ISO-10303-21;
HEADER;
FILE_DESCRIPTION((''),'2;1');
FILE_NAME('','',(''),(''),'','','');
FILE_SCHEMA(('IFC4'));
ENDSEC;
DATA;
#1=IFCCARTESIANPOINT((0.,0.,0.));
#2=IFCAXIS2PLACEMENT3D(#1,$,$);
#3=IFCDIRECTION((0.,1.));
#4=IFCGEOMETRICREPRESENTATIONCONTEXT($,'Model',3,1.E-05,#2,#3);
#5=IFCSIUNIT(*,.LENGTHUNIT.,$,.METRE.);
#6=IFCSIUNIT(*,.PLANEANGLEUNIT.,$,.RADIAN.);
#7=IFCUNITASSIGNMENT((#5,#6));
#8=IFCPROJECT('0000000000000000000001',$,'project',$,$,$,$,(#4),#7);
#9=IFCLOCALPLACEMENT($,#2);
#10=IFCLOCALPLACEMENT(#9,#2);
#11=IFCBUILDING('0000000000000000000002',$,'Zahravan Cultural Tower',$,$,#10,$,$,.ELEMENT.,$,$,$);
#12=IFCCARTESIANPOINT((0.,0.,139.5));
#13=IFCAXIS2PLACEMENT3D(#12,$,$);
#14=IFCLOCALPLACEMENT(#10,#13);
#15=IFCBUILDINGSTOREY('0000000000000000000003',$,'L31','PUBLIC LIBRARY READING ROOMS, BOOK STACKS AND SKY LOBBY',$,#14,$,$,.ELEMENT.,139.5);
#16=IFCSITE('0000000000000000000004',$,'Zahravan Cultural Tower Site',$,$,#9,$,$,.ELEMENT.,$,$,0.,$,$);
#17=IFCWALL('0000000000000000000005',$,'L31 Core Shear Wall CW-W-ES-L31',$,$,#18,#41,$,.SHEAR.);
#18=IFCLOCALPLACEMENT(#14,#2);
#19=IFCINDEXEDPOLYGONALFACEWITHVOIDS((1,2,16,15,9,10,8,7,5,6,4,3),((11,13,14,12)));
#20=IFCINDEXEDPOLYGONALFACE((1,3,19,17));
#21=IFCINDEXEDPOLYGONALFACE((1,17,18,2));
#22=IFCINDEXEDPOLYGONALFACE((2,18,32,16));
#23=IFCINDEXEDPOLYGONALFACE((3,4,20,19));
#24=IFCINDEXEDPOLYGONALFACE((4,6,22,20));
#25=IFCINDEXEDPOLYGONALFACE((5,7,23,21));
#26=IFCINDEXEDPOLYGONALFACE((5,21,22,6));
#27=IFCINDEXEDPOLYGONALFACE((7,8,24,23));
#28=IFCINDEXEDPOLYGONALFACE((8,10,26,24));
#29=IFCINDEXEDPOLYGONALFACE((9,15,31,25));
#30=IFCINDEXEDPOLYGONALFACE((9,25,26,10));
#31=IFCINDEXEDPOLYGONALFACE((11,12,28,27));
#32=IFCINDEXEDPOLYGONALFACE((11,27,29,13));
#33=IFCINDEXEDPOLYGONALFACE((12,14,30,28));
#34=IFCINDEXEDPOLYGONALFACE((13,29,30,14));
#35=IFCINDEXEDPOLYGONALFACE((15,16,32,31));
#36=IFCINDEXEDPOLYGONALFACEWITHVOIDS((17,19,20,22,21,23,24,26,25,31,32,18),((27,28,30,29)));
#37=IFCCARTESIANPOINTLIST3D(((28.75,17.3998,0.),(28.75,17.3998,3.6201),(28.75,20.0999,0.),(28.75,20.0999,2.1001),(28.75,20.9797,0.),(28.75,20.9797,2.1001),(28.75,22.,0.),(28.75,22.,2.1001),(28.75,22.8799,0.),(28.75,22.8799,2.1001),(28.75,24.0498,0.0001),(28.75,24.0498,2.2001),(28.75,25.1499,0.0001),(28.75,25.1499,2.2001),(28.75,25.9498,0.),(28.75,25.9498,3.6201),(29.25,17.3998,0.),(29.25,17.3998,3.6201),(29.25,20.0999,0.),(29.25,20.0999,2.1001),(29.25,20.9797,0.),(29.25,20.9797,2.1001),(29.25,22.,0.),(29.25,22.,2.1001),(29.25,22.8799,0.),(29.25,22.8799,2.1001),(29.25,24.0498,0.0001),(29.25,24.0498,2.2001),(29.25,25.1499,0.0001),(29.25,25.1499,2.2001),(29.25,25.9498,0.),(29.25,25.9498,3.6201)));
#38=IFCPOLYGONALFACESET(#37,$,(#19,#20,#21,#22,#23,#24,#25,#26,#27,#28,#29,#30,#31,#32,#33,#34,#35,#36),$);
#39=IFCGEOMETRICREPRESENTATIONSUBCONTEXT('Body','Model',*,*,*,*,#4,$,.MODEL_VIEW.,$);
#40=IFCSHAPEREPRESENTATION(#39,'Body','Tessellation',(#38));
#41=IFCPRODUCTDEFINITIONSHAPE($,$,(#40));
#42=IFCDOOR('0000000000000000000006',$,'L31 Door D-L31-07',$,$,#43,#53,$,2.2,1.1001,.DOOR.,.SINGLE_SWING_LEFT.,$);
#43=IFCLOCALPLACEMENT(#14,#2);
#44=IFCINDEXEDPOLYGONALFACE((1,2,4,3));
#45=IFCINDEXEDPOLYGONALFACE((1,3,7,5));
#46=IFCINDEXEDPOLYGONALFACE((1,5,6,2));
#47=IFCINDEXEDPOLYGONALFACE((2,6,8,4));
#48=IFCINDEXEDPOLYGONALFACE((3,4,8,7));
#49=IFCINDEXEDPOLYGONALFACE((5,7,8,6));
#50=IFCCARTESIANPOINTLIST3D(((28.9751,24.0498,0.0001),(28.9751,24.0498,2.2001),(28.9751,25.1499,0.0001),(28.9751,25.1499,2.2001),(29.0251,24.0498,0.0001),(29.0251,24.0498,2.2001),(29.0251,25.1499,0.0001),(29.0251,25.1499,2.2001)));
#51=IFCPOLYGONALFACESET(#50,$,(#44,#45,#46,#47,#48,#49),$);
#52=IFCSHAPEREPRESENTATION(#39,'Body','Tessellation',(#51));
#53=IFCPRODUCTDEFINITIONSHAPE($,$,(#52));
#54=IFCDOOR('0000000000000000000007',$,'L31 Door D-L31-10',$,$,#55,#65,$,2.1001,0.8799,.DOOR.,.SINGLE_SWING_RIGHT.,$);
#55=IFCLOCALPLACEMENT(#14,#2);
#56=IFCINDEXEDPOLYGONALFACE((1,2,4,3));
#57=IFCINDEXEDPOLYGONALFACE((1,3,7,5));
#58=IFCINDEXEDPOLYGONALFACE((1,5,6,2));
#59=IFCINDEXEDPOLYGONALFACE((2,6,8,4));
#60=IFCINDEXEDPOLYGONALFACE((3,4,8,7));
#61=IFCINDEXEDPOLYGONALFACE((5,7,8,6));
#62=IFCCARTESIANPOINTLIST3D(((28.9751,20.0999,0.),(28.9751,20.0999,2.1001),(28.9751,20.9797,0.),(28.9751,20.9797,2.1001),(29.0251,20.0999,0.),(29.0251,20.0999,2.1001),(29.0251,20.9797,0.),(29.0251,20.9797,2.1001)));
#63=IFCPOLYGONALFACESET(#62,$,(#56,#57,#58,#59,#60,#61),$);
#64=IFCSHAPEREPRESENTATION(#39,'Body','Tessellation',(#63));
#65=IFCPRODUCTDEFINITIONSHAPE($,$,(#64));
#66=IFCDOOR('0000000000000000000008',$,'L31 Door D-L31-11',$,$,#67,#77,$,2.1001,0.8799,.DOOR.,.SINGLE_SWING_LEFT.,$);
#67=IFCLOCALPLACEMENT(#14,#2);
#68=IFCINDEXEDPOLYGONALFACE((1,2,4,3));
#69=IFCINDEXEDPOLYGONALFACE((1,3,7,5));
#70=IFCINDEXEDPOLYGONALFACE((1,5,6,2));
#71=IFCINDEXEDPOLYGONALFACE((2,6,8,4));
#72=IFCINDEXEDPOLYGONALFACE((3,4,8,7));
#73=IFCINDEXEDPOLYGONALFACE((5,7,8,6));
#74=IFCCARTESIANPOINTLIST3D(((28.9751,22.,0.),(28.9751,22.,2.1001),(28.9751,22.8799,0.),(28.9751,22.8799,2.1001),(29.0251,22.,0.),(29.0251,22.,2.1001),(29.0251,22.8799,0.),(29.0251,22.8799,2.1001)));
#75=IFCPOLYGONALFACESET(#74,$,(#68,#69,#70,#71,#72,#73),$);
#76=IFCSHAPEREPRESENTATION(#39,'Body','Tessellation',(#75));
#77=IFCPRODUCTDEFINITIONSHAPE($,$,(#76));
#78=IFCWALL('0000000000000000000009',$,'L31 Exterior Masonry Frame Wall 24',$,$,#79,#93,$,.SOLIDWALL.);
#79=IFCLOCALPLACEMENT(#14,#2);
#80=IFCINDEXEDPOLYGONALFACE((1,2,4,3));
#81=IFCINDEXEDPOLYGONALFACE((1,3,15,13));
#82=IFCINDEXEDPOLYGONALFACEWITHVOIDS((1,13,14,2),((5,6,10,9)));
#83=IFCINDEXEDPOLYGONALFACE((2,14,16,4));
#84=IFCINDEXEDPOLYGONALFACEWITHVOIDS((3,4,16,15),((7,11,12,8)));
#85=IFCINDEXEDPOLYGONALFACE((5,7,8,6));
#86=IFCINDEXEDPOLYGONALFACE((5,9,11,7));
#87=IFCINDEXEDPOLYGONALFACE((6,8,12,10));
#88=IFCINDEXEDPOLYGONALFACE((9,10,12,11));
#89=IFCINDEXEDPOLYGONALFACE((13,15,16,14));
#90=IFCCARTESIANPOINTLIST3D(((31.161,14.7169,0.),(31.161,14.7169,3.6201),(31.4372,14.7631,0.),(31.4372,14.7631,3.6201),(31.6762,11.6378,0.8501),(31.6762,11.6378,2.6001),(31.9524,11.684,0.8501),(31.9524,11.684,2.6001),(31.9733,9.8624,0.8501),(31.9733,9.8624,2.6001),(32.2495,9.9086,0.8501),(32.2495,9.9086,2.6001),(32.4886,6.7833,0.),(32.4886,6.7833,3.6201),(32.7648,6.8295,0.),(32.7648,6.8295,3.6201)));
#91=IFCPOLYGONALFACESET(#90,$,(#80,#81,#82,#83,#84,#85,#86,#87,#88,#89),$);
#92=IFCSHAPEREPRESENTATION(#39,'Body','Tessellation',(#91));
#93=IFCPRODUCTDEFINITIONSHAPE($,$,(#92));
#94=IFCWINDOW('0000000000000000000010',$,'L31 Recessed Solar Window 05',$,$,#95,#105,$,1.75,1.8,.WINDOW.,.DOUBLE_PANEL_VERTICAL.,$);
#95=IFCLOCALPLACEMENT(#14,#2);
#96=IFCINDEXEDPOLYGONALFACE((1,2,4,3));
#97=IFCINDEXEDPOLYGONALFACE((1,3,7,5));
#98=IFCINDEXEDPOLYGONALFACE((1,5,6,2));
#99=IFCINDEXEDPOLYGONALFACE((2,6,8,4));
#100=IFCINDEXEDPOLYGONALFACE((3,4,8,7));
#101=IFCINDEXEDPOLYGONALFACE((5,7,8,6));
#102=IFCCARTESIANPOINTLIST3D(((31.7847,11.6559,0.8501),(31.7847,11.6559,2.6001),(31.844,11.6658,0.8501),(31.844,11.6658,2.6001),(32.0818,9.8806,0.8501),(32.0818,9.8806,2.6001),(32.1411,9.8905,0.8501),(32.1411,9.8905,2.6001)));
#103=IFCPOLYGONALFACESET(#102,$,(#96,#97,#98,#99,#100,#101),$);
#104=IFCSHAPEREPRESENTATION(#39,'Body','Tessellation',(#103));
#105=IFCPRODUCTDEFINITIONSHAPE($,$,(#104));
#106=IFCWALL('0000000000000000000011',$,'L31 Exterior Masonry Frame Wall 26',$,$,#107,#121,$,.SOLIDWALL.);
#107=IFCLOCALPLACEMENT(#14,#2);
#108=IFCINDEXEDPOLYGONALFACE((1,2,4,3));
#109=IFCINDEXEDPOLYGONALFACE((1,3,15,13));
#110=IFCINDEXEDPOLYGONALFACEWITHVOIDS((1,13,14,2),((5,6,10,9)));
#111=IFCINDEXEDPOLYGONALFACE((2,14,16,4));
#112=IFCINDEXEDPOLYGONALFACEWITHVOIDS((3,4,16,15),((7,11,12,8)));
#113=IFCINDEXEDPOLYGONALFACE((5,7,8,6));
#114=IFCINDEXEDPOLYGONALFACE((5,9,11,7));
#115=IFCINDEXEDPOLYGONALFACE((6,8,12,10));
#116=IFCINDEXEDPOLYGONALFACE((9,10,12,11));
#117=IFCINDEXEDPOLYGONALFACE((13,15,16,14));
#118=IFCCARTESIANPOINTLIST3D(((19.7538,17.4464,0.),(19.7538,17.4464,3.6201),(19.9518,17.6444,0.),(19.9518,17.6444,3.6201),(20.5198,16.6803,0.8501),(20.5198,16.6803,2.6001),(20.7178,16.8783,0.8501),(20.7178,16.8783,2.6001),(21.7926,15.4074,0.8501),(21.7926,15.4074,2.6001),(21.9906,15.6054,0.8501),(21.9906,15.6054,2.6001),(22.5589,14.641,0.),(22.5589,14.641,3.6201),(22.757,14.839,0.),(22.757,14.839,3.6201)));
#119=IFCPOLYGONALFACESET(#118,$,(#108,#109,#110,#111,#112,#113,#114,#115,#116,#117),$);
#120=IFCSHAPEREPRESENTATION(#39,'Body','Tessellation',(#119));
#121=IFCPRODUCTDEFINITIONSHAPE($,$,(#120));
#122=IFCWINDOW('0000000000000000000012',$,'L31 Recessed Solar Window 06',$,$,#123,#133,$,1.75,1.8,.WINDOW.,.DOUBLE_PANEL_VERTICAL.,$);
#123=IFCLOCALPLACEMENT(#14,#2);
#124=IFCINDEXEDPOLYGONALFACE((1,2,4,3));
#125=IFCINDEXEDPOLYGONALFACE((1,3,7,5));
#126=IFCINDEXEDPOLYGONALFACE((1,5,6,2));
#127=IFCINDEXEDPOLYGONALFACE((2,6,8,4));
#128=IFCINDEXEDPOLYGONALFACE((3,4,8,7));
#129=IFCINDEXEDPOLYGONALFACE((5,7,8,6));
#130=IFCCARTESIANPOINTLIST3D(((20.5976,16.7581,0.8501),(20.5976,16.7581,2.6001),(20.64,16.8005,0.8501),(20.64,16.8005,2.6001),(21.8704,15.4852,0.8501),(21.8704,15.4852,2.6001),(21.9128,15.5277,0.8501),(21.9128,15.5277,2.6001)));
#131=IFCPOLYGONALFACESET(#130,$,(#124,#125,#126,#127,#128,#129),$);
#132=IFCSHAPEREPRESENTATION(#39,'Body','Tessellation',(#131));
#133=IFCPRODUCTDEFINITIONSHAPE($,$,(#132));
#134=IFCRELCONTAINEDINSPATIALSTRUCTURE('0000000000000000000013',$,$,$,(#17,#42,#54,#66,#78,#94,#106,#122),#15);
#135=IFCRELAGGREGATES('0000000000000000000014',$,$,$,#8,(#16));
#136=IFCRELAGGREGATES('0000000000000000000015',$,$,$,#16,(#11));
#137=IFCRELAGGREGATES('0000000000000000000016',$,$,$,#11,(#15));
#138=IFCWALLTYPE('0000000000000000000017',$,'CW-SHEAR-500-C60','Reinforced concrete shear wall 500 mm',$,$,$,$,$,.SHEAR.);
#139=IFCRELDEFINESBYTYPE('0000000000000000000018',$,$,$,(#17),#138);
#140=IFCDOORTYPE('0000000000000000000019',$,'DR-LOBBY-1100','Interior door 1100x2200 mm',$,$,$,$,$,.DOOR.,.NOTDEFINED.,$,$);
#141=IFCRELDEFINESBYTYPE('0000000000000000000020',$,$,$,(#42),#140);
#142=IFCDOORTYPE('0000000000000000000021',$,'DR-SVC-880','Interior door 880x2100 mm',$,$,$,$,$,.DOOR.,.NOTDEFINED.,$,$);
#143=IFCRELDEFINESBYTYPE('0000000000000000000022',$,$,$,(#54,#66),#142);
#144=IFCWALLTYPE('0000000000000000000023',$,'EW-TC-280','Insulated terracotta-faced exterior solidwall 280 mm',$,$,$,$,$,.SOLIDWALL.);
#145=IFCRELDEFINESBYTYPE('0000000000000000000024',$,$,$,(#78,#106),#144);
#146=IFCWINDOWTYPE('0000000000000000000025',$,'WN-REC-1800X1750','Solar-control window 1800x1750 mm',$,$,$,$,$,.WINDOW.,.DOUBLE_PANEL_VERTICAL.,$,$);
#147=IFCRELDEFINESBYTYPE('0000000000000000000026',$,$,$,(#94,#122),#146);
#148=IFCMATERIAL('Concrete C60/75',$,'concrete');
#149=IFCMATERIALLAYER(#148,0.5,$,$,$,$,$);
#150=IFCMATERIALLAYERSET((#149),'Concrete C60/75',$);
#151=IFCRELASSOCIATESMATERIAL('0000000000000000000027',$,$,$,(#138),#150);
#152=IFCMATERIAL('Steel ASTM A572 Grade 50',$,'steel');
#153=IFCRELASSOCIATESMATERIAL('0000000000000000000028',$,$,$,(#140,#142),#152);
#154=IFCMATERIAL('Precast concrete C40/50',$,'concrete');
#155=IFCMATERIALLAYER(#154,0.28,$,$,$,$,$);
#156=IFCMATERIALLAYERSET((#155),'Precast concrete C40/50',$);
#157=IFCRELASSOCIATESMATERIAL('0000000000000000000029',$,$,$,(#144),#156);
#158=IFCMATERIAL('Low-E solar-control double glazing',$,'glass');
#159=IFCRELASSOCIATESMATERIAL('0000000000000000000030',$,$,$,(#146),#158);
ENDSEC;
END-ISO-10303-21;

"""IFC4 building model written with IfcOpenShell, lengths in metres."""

from ifc_helpers import new_model, si_unit, direction, frame, frame_2d, origin, place, context, subcontext, project, spatial, rectangle, extrude, source, transform, mapped, material, layer, layer_set, type_object, element, fill, save


model = new_model("IFC4")

# Units and contexts
model_context = context("Model", 3, precision=1e-05, world=origin(), true_north=direction((0.0, 1.0)))
body_context = subcontext(model_context, "Body", "Model", "MODEL_VIEW")
ifc_project = project(units=[si_unit("LENGTHUNIT", "METRE"), si_unit("PLANEANGLEUNIT", "RADIAN")], contexts=[model_context])

# Site, building, storey
site_placement = place(None, origin())
site = spatial("IfcSite", under=ifc_project, at=site_placement, Name="Zahravan Cultural Tower Site", CompositionType="ELEMENT", RefElevation=0.0)
building_placement = place(site_placement, origin())
building = spatial("IfcBuilding", under=site, at=building_placement, Name="Zahravan Cultural Tower", CompositionType="ELEMENT")
storey_placement = place(building_placement, frame((0.0, 0.0, 139.5)))
storey = spatial("IfcBuildingStorey", under=building, at=storey_placement, Name="L31", Description="PUBLIC LIBRARY READING ROOMS, BOOK STACKS AND SKY LOBBY", CompositionType="ELEMENT", Elevation=139.5)

# Wall, openings, doors
ifc_material_1 = material(Name="Concrete C60/75", Category="concrete")
ifc_layer_1 = layer(ifc_material_1, 0.5)
ifc_layer_set_1 = layer_set([ifc_layer_1], Name="Concrete C60/75")
wall_type_1 = type_object("IfcWallType", Name="CW-SHEAR-500-C60", Description="Reinforced concrete shear wall 500 mm", PredefinedType="SHEAR", material=ifc_layer_set_1)
wall_1_placement = place(storey_placement, frame((29.0, 17.3999, 0.0), z_axis=(0.0, 0.0, 1.0), x_axis=(0.0, 1.0, 0.0)))
wall_1 = element("IfcWall", 1, at=wall_1_placement, inside=storey, type_object=wall_type_1, Name="L31 Core Shear Wall CW-W-ES-L31", PredefinedType="SHEAR", context=body_context, shape_type="SweptSolid", body=[
    extrude(rectangle(XDim=8.55, YDim=0.5, at=frame_2d((4.2749, 0.0))), origin(), (0.0, 0.0, 1.0), 3.6201),
])
opening_1_placement = place(wall_1_placement, frame((6.6499, 0.0, 0.0)))
opening_1 = element("IfcOpeningElement", 2, at=opening_1_placement, cuts=wall_1, PredefinedType="OPENING", context=body_context, shape_type="SweptSolid", body=[
    extrude(rectangle(XDim=1.1001, YDim=2.2, at=frame_2d((0.55, 1.1001))), frame((0.0, 0.26, 0.0), z_axis=(0.0, -1.0, 0.0), x_axis=(1.0, 0.0, 0.0)), (0.0, 0.0, 1.0), 0.52),
])
opening_2_placement = place(wall_1_placement, frame((2.7, 0.0, 0.0)))
opening_2 = element("IfcOpeningElement", 3, at=opening_2_placement, cuts=wall_1, PredefinedType="OPENING", context=body_context, shape_type="SweptSolid", body=[
    extrude(rectangle(XDim=0.8799, YDim=2.1001, at=frame_2d((0.4399, 1.05))), frame((0.0, 0.26, 0.0), z_axis=(0.0, -1.0, 0.0), x_axis=(1.0, 0.0, 0.0)), (0.0, 0.0, 1.0), 0.52),
])
opening_3_placement = place(wall_1_placement, frame((4.6001, 0.0, 0.0)))
opening_3 = element("IfcOpeningElement", 4, at=opening_3_placement, cuts=wall_1, PredefinedType="OPENING", context=body_context, shape_type="SweptSolid", body=[
    extrude(rectangle(XDim=0.8799, YDim=2.1001, at=frame_2d((0.4399, 1.05))), frame((0.0, 0.26, 0.0), z_axis=(0.0, -1.0, 0.0), x_axis=(1.0, 0.0, 0.0)), (0.0, 0.0, 1.0), 0.52),
])
ifc_material_2 = material(Name="Steel ASTM A572 Grade 50", Category="steel")
door_type_1 = type_object("IfcDoorType", Name="DR-LOBBY-1100", Description="Interior door 1100x2200 mm", OperationType="NOTDEFINED", PredefinedType="DOOR", material=ifc_material_2)
shared_shape_1 = source(origin(), body_context, "Body", "SweptSolid", [
    extrude(rectangle(XDim=1.1001, YDim=2.2, at=frame_2d((0.55, 1.1001))), frame((0.0, 0.0249, 0.0), z_axis=(0.0, -1.0, 0.0), x_axis=(1.0, 0.0, 0.0)), (0.0, 0.0, 1.0), 0.05),
])
door_1_placement = place(opening_1_placement, origin())
door_1 = element("IfcDoor", 5, at=door_1_placement, inside=storey, type_object=door_type_1, Name="L31 Door D-L31-07", OperationType="SINGLE_SWING_LEFT", OverallHeight=2.2, OverallWidth=1.1001, PredefinedType="DOOR", context=body_context, shape_type="MappedRepresentation", body=[
    mapped(shared_shape_1, transform((0.0, 0.0, 0.0), x_axis=(1.0, 0.0, 0.0), y_axis=(0.0, 1.0, 0.0), z_axis=(0.0, 0.0, 1.0), scale=1.0)),
])
fill(opening_1, door_1)
door_type_2 = type_object("IfcDoorType", Name="DR-SVC-880", Description="Interior door 880x2100 mm", OperationType="NOTDEFINED", PredefinedType="DOOR", material=ifc_material_2)
shared_shape_2 = source(origin(), body_context, "Body", "SweptSolid", [
    extrude(rectangle(XDim=0.8799, YDim=2.1001, at=frame_2d((0.4399, 1.05))), frame((0.0, 0.0249, 0.0), z_axis=(0.0, -1.0, 0.0), x_axis=(1.0, 0.0, 0.0)), (0.0, 0.0, 1.0), 0.05),
])
door_2_placement = place(opening_2_placement, origin())
door_2 = element("IfcDoor", 6, at=door_2_placement, inside=storey, type_object=door_type_2, Name="L31 Door D-L31-10", OperationType="SINGLE_SWING_RIGHT", OverallHeight=2.1001, OverallWidth=0.8799, PredefinedType="DOOR", context=body_context, shape_type="MappedRepresentation", body=[
    mapped(shared_shape_2, transform((0.0, 0.0, 0.0), x_axis=(1.0, 0.0, 0.0), y_axis=(0.0, 1.0, 0.0), z_axis=(0.0, 0.0, 1.0), scale=1.0)),
])
fill(opening_2, door_2)
door_3_placement = place(opening_3_placement, origin())
door_3 = element("IfcDoor", 7, at=door_3_placement, inside=storey, type_object=door_type_2, Name="L31 Door D-L31-11", OperationType="SINGLE_SWING_LEFT", OverallHeight=2.1001, OverallWidth=0.8799, PredefinedType="DOOR", context=body_context, shape_type="MappedRepresentation", body=[
    mapped(shared_shape_2, transform((0.0, 0.0, 0.0), x_axis=(1.0, 0.0, 0.0), y_axis=(0.0, 1.0, 0.0), z_axis=(0.0, 0.0, 1.0), scale=1.0)),
])
fill(opening_3, door_3)

# Walls, openings, windows
ifc_material_3 = material(Name="Precast concrete C40/50", Category="concrete")
ifc_layer_2 = layer(ifc_material_3, 0.28)
ifc_layer_set_2 = layer_set([ifc_layer_2], Name="Precast concrete C40/50")
wall_type_2 = type_object("IfcWallType", Name="EW-TC-280", Description="Insulated terracotta-faced exterior solidwall 280 mm", PredefinedType="SOLIDWALL", material=ifc_layer_set_2)
wall_2_placement = place(storey_placement, frame((32.6267, 6.8064, 0.0), z_axis=(0.0, 0.0, 1.0), x_axis=(-0.165049, 0.986285, 0.0)))
wall_2 = element("IfcWall", 8, at=wall_2_placement, inside=storey, type_object=wall_type_2, Name="L31 Exterior Masonry Frame Wall 24", PredefinedType="SOLIDWALL", context=body_context, shape_type="SweptSolid", body=[
    extrude(rectangle(XDim=8.0439, YDim=0.28, at=frame_2d((4.022, 0.0))), origin(), (0.0, 0.0, 1.0), 3.6201),
])
opening_4_placement = place(wall_2_placement, frame((3.1221, 0.0, 0.8501)))
opening_4 = element("IfcOpeningElement", 9, at=opening_4_placement, cuts=wall_2, PredefinedType="OPENING", context=body_context, shape_type="SweptSolid", body=[
    extrude(rectangle(XDim=1.8, YDim=1.75, at=frame_2d((0.8999, 0.875))), frame((0.0, 0.1499, 0.0), z_axis=(0.0, -1.0, 0.0), x_axis=(1.0, 0.0, 0.0)), (0.0, 0.0, 1.0), 0.3),
])
ifc_material_4 = material(Name="Low-E solar-control double glazing", Category="glass")
window_type = type_object("IfcWindowType", Name="WN-REC-1800X1750", Description="Solar-control window 1800x1750 mm", PartitioningType="DOUBLE_PANEL_VERTICAL", PredefinedType="WINDOW", material=ifc_material_4)
shared_shape_3 = source(origin(), body_context, "Body", "SweptSolid", [
    extrude(rectangle(XDim=1.8, YDim=1.75, at=frame_2d((0.8999, 0.875))), frame((0.0, 0.03, 0.0), z_axis=(0.0, -1.0, 0.0), x_axis=(1.0, 0.0, 0.0)), (0.0, 0.0, 1.0), 0.0601),
])
window_1_placement = place(opening_4_placement, origin())
window_1 = element("IfcWindow", 10, at=window_1_placement, inside=storey, type_object=window_type, Name="L31 Recessed Solar Window 05", OverallHeight=1.75, OverallWidth=1.8, PartitioningType="DOUBLE_PANEL_VERTICAL", PredefinedType="WINDOW", context=body_context, shape_type="MappedRepresentation", body=[
    mapped(shared_shape_3, transform((0.0, 0.0, 0.0), x_axis=(1.0, 0.0, 0.0), y_axis=(0.0, 1.0, 0.0), z_axis=(0.0, 0.0, 1.0), scale=1.0)),
])
fill(opening_4, window_1)
wall_3_placement = place(storey_placement, frame((22.658, 14.74, 0.0), z_axis=(0.0, 0.0, 1.0), x_axis=(-0.707076, 0.707138, 0.0)))
wall_3 = element("IfcWall", 11, at=wall_3_placement, inside=storey, type_object=wall_type_2, Name="L31 Exterior Masonry Frame Wall 26", PredefinedType="SOLIDWALL", context=body_context, shape_type="SweptSolid", body=[
    extrude(rectangle(XDim=3.9673, YDim=0.28, at=frame_2d((1.9836, 0.0))), origin(), (0.0, 0.0, 1.0), 3.6201),
])
opening_5_placement = place(wall_3_placement, frame((1.084, 0.0, 0.8501)))
opening_5 = element("IfcOpeningElement", 12, at=opening_5_placement, cuts=wall_3, PredefinedType="OPENING", context=body_context, shape_type="SweptSolid", body=[
    extrude(rectangle(XDim=1.8, YDim=1.75, at=frame_2d((0.8999, 0.875))), frame((0.0, 0.1499, 0.0), z_axis=(0.0, -1.0, 0.0), x_axis=(1.0, 0.0, 0.0)), (0.0, 0.0, 1.0), 0.3),
])
window_2_placement = place(opening_5_placement, origin())
window_2 = element("IfcWindow", 13, at=window_2_placement, inside=storey, type_object=window_type, Name="L31 Recessed Solar Window 06", OverallHeight=1.75, OverallWidth=1.8, PartitioningType="DOUBLE_PANEL_VERTICAL", PredefinedType="WINDOW", context=body_context, shape_type="MappedRepresentation", body=[
    mapped(shared_shape_3, transform((0.0, 0.0, 0.0), x_axis=(1.0, 0.0, 0.0), y_axis=(0.0, 1.0, 0.0), z_axis=(0.0, 0.0, 1.0), scale=1.0)),
])
fill(opening_5, window_2)

save(model, "model.ifc")
